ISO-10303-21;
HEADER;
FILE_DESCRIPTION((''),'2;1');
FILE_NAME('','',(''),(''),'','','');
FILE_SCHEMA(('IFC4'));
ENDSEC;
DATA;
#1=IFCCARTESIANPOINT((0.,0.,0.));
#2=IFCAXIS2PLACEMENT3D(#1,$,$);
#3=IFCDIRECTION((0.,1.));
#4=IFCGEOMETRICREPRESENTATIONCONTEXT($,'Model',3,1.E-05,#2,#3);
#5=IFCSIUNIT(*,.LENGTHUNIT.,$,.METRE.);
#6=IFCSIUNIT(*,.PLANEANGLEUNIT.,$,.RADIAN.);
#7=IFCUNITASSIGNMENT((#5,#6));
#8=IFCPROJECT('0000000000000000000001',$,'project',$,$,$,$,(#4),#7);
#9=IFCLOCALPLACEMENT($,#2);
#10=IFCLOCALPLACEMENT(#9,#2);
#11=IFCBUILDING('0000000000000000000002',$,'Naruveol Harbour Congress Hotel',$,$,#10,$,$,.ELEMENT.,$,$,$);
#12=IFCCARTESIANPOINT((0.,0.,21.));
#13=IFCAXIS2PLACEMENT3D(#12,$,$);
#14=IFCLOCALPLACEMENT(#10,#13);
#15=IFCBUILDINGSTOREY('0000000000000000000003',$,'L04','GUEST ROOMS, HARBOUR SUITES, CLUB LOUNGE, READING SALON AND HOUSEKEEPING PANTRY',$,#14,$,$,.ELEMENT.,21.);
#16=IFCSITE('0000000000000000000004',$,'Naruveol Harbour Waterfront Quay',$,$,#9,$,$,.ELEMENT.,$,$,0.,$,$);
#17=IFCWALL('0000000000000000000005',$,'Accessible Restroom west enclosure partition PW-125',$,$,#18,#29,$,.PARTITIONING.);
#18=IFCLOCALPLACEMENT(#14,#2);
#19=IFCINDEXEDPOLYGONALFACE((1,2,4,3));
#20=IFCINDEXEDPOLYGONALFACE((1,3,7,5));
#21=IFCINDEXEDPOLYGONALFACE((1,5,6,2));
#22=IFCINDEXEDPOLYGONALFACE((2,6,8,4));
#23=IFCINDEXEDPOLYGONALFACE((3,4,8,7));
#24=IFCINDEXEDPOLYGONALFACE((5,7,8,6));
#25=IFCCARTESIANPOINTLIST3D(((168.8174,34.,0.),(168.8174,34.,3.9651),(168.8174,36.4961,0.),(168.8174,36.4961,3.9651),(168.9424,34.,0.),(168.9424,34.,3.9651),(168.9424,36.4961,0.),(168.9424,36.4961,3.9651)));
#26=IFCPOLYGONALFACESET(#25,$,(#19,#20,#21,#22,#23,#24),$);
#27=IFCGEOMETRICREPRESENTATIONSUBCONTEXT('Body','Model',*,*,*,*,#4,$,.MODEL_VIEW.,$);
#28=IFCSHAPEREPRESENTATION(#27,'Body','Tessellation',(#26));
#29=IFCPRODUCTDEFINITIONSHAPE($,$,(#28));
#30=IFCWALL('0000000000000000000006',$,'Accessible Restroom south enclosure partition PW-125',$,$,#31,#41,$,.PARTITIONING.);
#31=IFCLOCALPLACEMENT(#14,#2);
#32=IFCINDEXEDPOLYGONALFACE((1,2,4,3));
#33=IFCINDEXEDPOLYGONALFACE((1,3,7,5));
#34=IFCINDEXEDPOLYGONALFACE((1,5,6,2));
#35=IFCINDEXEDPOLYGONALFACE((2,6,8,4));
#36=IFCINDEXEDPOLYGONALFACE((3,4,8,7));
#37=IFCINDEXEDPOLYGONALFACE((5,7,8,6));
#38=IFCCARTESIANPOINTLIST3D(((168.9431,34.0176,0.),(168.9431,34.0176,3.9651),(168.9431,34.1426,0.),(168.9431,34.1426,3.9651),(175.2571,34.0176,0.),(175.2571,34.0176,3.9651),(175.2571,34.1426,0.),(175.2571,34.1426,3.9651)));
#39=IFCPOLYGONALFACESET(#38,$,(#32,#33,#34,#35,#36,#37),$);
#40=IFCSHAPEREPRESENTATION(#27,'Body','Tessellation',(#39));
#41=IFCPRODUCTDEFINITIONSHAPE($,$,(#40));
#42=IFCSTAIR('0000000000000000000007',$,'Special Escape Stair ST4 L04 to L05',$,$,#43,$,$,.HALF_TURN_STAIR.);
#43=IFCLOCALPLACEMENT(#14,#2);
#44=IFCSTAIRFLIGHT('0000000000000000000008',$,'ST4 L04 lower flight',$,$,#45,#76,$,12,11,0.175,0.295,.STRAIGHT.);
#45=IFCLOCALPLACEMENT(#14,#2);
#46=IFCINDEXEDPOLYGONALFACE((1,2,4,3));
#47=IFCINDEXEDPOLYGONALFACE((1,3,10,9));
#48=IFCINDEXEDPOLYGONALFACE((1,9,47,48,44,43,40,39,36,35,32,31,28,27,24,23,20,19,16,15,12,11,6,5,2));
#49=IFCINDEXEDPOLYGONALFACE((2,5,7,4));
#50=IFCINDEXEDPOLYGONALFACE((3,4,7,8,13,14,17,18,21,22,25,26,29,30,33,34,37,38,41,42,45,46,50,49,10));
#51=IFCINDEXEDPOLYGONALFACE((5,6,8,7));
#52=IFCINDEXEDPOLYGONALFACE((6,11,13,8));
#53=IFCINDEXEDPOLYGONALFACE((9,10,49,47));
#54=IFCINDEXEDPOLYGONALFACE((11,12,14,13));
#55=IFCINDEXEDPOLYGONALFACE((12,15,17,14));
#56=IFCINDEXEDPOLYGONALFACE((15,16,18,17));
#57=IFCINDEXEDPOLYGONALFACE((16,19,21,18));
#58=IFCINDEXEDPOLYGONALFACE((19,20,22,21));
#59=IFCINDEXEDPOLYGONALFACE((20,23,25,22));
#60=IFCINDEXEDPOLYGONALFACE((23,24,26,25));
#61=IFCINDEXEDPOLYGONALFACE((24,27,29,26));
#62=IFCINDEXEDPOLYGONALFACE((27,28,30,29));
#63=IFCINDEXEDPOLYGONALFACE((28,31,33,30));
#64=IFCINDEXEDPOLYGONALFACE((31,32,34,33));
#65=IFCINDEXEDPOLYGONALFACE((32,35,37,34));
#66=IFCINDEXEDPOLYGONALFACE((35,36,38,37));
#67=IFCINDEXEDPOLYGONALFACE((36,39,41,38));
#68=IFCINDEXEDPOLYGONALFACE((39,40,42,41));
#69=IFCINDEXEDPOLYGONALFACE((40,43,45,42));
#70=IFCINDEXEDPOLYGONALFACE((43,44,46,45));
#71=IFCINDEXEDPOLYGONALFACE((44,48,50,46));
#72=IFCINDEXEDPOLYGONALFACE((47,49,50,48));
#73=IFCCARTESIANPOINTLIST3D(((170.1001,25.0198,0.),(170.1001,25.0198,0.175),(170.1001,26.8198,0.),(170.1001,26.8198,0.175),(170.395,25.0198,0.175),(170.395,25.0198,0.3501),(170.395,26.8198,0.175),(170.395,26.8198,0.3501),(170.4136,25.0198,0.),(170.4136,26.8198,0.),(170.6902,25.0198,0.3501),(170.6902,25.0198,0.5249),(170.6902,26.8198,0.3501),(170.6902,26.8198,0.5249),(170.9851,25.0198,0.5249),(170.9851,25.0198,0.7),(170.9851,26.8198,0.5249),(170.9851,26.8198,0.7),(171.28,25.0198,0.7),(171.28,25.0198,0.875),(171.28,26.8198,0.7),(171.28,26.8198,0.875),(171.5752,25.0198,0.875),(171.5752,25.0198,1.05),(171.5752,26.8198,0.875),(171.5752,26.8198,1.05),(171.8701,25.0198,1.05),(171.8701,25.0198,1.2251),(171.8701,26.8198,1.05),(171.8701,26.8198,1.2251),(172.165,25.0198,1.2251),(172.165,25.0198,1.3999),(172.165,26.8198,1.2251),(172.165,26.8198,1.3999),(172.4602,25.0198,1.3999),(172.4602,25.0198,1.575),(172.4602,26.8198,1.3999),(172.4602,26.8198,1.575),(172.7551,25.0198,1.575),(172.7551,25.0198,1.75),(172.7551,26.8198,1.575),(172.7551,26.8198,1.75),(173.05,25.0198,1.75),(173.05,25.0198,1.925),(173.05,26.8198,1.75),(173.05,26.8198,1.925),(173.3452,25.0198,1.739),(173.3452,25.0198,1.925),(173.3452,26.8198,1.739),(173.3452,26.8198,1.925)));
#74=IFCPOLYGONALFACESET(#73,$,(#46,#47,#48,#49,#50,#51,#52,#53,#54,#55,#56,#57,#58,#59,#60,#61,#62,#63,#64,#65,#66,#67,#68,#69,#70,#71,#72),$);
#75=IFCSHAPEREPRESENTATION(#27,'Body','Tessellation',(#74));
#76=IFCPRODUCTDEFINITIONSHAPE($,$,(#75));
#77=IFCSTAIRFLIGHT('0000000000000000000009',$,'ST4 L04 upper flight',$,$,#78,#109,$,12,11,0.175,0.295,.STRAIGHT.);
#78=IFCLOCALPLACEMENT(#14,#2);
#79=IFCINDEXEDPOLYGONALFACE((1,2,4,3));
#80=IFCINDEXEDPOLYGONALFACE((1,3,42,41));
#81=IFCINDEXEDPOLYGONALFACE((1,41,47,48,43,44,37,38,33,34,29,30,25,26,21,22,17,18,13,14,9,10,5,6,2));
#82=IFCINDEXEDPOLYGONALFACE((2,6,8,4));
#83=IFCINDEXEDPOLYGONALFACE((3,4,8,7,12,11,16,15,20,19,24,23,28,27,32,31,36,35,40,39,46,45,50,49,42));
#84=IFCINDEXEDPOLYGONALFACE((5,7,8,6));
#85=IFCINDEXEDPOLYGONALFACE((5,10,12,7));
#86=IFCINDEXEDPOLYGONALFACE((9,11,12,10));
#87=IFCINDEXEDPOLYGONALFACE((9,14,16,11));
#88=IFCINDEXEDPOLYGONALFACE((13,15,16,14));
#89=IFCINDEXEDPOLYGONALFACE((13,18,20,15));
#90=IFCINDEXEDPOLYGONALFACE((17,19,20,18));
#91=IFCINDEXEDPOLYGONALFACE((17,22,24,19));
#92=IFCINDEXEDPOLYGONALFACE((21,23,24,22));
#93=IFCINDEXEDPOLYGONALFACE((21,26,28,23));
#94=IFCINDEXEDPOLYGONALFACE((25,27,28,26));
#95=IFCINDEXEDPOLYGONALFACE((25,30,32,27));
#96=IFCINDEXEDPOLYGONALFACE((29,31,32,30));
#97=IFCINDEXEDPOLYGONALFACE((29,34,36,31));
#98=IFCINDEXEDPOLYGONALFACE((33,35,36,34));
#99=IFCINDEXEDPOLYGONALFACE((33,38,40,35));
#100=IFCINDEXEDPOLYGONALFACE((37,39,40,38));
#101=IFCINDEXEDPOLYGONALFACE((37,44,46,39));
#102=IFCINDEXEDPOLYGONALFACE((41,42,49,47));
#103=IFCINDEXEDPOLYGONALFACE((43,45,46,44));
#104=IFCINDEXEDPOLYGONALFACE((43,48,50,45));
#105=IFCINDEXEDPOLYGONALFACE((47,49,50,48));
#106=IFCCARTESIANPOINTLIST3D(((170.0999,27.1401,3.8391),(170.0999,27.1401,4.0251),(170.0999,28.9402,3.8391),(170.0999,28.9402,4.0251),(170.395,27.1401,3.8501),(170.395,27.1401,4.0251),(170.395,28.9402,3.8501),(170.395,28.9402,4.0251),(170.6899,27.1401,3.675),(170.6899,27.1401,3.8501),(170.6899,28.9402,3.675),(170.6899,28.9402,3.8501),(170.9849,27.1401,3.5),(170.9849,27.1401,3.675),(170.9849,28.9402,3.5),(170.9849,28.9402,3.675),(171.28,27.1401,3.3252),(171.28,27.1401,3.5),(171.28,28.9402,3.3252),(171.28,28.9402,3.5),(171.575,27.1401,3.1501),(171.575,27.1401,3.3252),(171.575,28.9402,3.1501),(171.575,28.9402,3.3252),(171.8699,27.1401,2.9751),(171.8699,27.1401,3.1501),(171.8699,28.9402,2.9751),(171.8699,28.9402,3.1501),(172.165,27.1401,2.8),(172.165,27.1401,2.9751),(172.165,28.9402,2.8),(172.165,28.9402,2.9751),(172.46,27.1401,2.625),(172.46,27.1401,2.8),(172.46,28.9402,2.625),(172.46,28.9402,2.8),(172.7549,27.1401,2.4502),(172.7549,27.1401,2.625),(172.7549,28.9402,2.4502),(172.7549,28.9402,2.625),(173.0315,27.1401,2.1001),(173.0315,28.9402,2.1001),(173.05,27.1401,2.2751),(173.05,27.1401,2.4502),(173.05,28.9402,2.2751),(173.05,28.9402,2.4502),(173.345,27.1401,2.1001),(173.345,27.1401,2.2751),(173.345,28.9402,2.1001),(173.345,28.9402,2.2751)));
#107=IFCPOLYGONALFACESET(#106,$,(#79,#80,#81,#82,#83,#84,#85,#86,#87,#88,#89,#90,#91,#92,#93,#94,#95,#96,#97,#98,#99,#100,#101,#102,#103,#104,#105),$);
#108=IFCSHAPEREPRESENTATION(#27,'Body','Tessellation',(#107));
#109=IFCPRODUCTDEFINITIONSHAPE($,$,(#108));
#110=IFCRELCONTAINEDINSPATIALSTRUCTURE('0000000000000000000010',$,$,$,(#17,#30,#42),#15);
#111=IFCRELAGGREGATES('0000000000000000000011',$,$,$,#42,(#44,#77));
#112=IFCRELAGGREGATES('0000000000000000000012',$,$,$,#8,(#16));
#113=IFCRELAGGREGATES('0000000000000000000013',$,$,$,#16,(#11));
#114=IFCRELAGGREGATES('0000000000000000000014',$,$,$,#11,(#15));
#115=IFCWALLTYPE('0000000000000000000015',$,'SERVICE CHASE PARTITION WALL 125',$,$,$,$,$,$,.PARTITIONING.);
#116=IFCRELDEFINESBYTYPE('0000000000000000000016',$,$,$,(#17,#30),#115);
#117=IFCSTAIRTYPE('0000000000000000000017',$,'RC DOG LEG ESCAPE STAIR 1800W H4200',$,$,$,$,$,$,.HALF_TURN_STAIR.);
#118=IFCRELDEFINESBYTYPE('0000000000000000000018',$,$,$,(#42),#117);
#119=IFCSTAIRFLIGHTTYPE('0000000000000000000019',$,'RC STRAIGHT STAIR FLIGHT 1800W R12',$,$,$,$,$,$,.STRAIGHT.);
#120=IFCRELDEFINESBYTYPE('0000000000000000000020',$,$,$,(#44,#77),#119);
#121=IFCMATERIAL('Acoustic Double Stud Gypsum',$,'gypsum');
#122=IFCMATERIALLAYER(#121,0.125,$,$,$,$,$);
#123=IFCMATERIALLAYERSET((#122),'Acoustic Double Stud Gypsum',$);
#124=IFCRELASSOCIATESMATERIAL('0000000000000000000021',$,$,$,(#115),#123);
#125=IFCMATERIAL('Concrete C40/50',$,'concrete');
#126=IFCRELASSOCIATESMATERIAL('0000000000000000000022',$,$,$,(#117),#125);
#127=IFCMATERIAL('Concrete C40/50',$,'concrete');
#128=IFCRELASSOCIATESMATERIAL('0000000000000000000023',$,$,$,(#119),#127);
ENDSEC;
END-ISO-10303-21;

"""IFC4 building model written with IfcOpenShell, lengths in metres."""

from ifc_helpers import new_model, si_unit, direction, frame, frame_2d, origin, place, context, subcontext, project, spatial, polyline, rectangle, outline, extrude, material, layer, layer_set, type_object, element, aggregate, save


model = new_model("IFC4")

# Units and contexts
model_context = context("Model", 3, precision=1e-05, world=origin(), true_north=direction((0.0, 1.0)))
body_context = subcontext(model_context, "Body", "Model", "MODEL_VIEW")
ifc_project = project(units=[si_unit("LENGTHUNIT", "METRE"), si_unit("PLANEANGLEUNIT", "RADIAN")], contexts=[model_context])

# Site, building, storey
site_placement = place(None, origin())
site = spatial("IfcSite", under=ifc_project, at=site_placement, Name="Naruveol Harbour Waterfront Quay", CompositionType="ELEMENT", RefElevation=0.0)
building_placement = place(site_placement, origin())
building = spatial("IfcBuilding", under=site, at=building_placement, Name="Naruveol Harbour Congress Hotel", CompositionType="ELEMENT")
storey_placement = place(building_placement, frame((0.0, 0.0, 21.0)))
storey = spatial("IfcBuildingStorey", under=building, at=storey_placement, Name="L04", Description="GUEST ROOMS, HARBOUR SUITES, CLUB LOUNGE, READING SALON AND HOUSEKEEPING PANTRY", CompositionType="ELEMENT", Elevation=21.0)

# Shared definitions
ifc_material_1 = material(Name="Acoustic Double Stud Gypsum", Category="gypsum")
ifc_layer_1 = layer(ifc_material_1, 0.125)
ifc_layer_set_1 = layer_set([ifc_layer_1], Name="Acoustic Double Stud Gypsum")
wall_type_1 = type_object("IfcWallType", Name="SERVICE CHASE PARTITION WALL 125", PredefinedType="PARTITIONING", material=ifc_layer_set_1)

# Walls
wall_1_placement = place(storey_placement, frame((168.8799, 34.0, 0.0), z_axis=(0.0, 0.0, 1.0), x_axis=(0.0, 1.0, 0.0)))
element("IfcWall", 1, at=wall_1_placement, inside=storey, type_object=wall_type_1, Name="Accessible Restroom west enclosure partition PW-125", PredefinedType="PARTITIONING", context=body_context, shape_type="SweptSolid", body=[
    extrude(rectangle(XDim=2.4961, YDim=0.125, at=frame_2d((1.248, 0.0))), origin(), (0.0, 0.0, 1.0), 3.9651),
])
wall_2_placement = place(storey_placement, frame((168.9431, 34.0801, 0.0), z_axis=(0.0, 0.0, 1.0), x_axis=(1.0, 0.0, 0.0)))
element("IfcWall", 2, at=wall_2_placement, inside=storey, type_object=wall_type_1, Name="Accessible Restroom south enclosure partition PW-125", PredefinedType="PARTITIONING", context=body_context, shape_type="SweptSolid", body=[
    extrude(rectangle(XDim=6.314, YDim=0.125, at=frame_2d((3.157, 0.0))), origin(), (0.0, 0.0, 1.0), 3.9651),
])

# Stair, stair flights
ifc_material_2 = material(Name="Concrete C40/50", Category="concrete")
stair_type = type_object("IfcStairType", Name="RC DOG LEG ESCAPE STAIR 1800W H4200", PredefinedType="HALF_TURN_STAIR", material=ifc_material_2)
stair_placement = place(storey_placement, origin())
stair = element("IfcStair", 3, at=stair_placement, inside=storey, type_object=stair_type, Name="Special Escape Stair ST4 L04 to L05", PredefinedType="HALF_TURN_STAIR")
ifc_material_3 = material(Name="Concrete C40/50", Category="concrete")
stair_flight_type = type_object("IfcStairFlightType", Name="RC STRAIGHT STAIR FLIGHT 1800W R12", PredefinedType="STRAIGHT", material=ifc_material_3)
stair_flight_1_placement = place(storey_placement, frame((170.1001, 25.9199, 0.0), z_axis=(0.0, 0.0, 1.0), x_axis=(1.0, 0.0, 0.0)))
stair_flight_1 = element("IfcStairFlight", 4, at=stair_flight_1_placement, type_object=stair_flight_type, Name="ST4 L04 lower flight", NumberOfRisers=12, NumberOfTreads=11, PredefinedType="STRAIGHT", RiserHeight=0.175, TreadLength=0.295, context=body_context, shape_type="SweptSolid", body=[
    extrude(outline(polyline([(0.0, 0.0), (0.0, 0.175), (0.2949, 0.175), (0.2949, 0.3501), (0.5901, 0.3501), (0.5901, 0.5249), (0.885, 0.5249), (0.885, 0.7), (1.1799, 0.7), (1.1799, 0.875), (1.4751, 0.875), (1.4751, 1.05), (1.77, 1.05), (1.77, 1.2251), (2.0649, 1.2251), (2.0649, 1.3999), (2.3601, 1.3999), (2.3601, 1.575), (2.655, 1.575), (2.655, 1.75), (2.95, 1.75), (2.95, 1.925), (3.2451, 1.925), (3.2451, 2.1001), (3.2451, 1.739), (0.3135, 0.0), (0.0, 0.0)])), frame((0.0, 0.8999, 0.0), z_axis=(0.0, -1.0, 0.0), x_axis=(1.0, 0.0, 0.0)), (0.0, 0.0, 1.0), 1.8),
])
stair_flight_2_placement = place(storey_placement, frame((173.345, 28.04, 2.1001), z_axis=(0.0, 0.0, 1.0), x_axis=(-1.0, 0.0, 0.0)))
stair_flight_2 = element("IfcStairFlight", 5, at=stair_flight_2_placement, type_object=stair_flight_type, Name="ST4 L04 upper flight", NumberOfRisers=12, NumberOfTreads=11, PredefinedType="STRAIGHT", RiserHeight=0.175, TreadLength=0.295, context=body_context, shape_type="SweptSolid", body=[
    extrude(outline(polyline([(0.0, 0.0), (0.0, 0.175), (0.2949, 0.175), (0.2949, 0.3501), (0.5901, 0.3501), (0.5901, 0.5249), (0.885, 0.5249), (0.885, 0.7), (1.1799, 0.7), (1.1799, 0.875), (1.4751, 0.875), (1.4751, 1.05), (1.77, 1.05), (1.77, 1.2251), (2.0649, 1.2251), (2.0649, 1.3999), (2.3601, 1.3999), (2.3601, 1.575), (2.655, 1.575), (2.655, 1.75), (2.95, 1.75), (2.95, 1.925), (3.2451, 1.925), (3.2451, 2.1001), (3.2451, 1.739), (0.3135, 0.0), (0.0, 0.0)])), frame((0.0, 0.8999, 0.0), z_axis=(0.0, -1.0, 0.0), x_axis=(1.0, 0.0, 0.0)), (0.0, 0.0, 1.0), 1.8),
])
aggregate(stair, [stair_flight_1, stair_flight_2])

save(model, "model.ifc")
